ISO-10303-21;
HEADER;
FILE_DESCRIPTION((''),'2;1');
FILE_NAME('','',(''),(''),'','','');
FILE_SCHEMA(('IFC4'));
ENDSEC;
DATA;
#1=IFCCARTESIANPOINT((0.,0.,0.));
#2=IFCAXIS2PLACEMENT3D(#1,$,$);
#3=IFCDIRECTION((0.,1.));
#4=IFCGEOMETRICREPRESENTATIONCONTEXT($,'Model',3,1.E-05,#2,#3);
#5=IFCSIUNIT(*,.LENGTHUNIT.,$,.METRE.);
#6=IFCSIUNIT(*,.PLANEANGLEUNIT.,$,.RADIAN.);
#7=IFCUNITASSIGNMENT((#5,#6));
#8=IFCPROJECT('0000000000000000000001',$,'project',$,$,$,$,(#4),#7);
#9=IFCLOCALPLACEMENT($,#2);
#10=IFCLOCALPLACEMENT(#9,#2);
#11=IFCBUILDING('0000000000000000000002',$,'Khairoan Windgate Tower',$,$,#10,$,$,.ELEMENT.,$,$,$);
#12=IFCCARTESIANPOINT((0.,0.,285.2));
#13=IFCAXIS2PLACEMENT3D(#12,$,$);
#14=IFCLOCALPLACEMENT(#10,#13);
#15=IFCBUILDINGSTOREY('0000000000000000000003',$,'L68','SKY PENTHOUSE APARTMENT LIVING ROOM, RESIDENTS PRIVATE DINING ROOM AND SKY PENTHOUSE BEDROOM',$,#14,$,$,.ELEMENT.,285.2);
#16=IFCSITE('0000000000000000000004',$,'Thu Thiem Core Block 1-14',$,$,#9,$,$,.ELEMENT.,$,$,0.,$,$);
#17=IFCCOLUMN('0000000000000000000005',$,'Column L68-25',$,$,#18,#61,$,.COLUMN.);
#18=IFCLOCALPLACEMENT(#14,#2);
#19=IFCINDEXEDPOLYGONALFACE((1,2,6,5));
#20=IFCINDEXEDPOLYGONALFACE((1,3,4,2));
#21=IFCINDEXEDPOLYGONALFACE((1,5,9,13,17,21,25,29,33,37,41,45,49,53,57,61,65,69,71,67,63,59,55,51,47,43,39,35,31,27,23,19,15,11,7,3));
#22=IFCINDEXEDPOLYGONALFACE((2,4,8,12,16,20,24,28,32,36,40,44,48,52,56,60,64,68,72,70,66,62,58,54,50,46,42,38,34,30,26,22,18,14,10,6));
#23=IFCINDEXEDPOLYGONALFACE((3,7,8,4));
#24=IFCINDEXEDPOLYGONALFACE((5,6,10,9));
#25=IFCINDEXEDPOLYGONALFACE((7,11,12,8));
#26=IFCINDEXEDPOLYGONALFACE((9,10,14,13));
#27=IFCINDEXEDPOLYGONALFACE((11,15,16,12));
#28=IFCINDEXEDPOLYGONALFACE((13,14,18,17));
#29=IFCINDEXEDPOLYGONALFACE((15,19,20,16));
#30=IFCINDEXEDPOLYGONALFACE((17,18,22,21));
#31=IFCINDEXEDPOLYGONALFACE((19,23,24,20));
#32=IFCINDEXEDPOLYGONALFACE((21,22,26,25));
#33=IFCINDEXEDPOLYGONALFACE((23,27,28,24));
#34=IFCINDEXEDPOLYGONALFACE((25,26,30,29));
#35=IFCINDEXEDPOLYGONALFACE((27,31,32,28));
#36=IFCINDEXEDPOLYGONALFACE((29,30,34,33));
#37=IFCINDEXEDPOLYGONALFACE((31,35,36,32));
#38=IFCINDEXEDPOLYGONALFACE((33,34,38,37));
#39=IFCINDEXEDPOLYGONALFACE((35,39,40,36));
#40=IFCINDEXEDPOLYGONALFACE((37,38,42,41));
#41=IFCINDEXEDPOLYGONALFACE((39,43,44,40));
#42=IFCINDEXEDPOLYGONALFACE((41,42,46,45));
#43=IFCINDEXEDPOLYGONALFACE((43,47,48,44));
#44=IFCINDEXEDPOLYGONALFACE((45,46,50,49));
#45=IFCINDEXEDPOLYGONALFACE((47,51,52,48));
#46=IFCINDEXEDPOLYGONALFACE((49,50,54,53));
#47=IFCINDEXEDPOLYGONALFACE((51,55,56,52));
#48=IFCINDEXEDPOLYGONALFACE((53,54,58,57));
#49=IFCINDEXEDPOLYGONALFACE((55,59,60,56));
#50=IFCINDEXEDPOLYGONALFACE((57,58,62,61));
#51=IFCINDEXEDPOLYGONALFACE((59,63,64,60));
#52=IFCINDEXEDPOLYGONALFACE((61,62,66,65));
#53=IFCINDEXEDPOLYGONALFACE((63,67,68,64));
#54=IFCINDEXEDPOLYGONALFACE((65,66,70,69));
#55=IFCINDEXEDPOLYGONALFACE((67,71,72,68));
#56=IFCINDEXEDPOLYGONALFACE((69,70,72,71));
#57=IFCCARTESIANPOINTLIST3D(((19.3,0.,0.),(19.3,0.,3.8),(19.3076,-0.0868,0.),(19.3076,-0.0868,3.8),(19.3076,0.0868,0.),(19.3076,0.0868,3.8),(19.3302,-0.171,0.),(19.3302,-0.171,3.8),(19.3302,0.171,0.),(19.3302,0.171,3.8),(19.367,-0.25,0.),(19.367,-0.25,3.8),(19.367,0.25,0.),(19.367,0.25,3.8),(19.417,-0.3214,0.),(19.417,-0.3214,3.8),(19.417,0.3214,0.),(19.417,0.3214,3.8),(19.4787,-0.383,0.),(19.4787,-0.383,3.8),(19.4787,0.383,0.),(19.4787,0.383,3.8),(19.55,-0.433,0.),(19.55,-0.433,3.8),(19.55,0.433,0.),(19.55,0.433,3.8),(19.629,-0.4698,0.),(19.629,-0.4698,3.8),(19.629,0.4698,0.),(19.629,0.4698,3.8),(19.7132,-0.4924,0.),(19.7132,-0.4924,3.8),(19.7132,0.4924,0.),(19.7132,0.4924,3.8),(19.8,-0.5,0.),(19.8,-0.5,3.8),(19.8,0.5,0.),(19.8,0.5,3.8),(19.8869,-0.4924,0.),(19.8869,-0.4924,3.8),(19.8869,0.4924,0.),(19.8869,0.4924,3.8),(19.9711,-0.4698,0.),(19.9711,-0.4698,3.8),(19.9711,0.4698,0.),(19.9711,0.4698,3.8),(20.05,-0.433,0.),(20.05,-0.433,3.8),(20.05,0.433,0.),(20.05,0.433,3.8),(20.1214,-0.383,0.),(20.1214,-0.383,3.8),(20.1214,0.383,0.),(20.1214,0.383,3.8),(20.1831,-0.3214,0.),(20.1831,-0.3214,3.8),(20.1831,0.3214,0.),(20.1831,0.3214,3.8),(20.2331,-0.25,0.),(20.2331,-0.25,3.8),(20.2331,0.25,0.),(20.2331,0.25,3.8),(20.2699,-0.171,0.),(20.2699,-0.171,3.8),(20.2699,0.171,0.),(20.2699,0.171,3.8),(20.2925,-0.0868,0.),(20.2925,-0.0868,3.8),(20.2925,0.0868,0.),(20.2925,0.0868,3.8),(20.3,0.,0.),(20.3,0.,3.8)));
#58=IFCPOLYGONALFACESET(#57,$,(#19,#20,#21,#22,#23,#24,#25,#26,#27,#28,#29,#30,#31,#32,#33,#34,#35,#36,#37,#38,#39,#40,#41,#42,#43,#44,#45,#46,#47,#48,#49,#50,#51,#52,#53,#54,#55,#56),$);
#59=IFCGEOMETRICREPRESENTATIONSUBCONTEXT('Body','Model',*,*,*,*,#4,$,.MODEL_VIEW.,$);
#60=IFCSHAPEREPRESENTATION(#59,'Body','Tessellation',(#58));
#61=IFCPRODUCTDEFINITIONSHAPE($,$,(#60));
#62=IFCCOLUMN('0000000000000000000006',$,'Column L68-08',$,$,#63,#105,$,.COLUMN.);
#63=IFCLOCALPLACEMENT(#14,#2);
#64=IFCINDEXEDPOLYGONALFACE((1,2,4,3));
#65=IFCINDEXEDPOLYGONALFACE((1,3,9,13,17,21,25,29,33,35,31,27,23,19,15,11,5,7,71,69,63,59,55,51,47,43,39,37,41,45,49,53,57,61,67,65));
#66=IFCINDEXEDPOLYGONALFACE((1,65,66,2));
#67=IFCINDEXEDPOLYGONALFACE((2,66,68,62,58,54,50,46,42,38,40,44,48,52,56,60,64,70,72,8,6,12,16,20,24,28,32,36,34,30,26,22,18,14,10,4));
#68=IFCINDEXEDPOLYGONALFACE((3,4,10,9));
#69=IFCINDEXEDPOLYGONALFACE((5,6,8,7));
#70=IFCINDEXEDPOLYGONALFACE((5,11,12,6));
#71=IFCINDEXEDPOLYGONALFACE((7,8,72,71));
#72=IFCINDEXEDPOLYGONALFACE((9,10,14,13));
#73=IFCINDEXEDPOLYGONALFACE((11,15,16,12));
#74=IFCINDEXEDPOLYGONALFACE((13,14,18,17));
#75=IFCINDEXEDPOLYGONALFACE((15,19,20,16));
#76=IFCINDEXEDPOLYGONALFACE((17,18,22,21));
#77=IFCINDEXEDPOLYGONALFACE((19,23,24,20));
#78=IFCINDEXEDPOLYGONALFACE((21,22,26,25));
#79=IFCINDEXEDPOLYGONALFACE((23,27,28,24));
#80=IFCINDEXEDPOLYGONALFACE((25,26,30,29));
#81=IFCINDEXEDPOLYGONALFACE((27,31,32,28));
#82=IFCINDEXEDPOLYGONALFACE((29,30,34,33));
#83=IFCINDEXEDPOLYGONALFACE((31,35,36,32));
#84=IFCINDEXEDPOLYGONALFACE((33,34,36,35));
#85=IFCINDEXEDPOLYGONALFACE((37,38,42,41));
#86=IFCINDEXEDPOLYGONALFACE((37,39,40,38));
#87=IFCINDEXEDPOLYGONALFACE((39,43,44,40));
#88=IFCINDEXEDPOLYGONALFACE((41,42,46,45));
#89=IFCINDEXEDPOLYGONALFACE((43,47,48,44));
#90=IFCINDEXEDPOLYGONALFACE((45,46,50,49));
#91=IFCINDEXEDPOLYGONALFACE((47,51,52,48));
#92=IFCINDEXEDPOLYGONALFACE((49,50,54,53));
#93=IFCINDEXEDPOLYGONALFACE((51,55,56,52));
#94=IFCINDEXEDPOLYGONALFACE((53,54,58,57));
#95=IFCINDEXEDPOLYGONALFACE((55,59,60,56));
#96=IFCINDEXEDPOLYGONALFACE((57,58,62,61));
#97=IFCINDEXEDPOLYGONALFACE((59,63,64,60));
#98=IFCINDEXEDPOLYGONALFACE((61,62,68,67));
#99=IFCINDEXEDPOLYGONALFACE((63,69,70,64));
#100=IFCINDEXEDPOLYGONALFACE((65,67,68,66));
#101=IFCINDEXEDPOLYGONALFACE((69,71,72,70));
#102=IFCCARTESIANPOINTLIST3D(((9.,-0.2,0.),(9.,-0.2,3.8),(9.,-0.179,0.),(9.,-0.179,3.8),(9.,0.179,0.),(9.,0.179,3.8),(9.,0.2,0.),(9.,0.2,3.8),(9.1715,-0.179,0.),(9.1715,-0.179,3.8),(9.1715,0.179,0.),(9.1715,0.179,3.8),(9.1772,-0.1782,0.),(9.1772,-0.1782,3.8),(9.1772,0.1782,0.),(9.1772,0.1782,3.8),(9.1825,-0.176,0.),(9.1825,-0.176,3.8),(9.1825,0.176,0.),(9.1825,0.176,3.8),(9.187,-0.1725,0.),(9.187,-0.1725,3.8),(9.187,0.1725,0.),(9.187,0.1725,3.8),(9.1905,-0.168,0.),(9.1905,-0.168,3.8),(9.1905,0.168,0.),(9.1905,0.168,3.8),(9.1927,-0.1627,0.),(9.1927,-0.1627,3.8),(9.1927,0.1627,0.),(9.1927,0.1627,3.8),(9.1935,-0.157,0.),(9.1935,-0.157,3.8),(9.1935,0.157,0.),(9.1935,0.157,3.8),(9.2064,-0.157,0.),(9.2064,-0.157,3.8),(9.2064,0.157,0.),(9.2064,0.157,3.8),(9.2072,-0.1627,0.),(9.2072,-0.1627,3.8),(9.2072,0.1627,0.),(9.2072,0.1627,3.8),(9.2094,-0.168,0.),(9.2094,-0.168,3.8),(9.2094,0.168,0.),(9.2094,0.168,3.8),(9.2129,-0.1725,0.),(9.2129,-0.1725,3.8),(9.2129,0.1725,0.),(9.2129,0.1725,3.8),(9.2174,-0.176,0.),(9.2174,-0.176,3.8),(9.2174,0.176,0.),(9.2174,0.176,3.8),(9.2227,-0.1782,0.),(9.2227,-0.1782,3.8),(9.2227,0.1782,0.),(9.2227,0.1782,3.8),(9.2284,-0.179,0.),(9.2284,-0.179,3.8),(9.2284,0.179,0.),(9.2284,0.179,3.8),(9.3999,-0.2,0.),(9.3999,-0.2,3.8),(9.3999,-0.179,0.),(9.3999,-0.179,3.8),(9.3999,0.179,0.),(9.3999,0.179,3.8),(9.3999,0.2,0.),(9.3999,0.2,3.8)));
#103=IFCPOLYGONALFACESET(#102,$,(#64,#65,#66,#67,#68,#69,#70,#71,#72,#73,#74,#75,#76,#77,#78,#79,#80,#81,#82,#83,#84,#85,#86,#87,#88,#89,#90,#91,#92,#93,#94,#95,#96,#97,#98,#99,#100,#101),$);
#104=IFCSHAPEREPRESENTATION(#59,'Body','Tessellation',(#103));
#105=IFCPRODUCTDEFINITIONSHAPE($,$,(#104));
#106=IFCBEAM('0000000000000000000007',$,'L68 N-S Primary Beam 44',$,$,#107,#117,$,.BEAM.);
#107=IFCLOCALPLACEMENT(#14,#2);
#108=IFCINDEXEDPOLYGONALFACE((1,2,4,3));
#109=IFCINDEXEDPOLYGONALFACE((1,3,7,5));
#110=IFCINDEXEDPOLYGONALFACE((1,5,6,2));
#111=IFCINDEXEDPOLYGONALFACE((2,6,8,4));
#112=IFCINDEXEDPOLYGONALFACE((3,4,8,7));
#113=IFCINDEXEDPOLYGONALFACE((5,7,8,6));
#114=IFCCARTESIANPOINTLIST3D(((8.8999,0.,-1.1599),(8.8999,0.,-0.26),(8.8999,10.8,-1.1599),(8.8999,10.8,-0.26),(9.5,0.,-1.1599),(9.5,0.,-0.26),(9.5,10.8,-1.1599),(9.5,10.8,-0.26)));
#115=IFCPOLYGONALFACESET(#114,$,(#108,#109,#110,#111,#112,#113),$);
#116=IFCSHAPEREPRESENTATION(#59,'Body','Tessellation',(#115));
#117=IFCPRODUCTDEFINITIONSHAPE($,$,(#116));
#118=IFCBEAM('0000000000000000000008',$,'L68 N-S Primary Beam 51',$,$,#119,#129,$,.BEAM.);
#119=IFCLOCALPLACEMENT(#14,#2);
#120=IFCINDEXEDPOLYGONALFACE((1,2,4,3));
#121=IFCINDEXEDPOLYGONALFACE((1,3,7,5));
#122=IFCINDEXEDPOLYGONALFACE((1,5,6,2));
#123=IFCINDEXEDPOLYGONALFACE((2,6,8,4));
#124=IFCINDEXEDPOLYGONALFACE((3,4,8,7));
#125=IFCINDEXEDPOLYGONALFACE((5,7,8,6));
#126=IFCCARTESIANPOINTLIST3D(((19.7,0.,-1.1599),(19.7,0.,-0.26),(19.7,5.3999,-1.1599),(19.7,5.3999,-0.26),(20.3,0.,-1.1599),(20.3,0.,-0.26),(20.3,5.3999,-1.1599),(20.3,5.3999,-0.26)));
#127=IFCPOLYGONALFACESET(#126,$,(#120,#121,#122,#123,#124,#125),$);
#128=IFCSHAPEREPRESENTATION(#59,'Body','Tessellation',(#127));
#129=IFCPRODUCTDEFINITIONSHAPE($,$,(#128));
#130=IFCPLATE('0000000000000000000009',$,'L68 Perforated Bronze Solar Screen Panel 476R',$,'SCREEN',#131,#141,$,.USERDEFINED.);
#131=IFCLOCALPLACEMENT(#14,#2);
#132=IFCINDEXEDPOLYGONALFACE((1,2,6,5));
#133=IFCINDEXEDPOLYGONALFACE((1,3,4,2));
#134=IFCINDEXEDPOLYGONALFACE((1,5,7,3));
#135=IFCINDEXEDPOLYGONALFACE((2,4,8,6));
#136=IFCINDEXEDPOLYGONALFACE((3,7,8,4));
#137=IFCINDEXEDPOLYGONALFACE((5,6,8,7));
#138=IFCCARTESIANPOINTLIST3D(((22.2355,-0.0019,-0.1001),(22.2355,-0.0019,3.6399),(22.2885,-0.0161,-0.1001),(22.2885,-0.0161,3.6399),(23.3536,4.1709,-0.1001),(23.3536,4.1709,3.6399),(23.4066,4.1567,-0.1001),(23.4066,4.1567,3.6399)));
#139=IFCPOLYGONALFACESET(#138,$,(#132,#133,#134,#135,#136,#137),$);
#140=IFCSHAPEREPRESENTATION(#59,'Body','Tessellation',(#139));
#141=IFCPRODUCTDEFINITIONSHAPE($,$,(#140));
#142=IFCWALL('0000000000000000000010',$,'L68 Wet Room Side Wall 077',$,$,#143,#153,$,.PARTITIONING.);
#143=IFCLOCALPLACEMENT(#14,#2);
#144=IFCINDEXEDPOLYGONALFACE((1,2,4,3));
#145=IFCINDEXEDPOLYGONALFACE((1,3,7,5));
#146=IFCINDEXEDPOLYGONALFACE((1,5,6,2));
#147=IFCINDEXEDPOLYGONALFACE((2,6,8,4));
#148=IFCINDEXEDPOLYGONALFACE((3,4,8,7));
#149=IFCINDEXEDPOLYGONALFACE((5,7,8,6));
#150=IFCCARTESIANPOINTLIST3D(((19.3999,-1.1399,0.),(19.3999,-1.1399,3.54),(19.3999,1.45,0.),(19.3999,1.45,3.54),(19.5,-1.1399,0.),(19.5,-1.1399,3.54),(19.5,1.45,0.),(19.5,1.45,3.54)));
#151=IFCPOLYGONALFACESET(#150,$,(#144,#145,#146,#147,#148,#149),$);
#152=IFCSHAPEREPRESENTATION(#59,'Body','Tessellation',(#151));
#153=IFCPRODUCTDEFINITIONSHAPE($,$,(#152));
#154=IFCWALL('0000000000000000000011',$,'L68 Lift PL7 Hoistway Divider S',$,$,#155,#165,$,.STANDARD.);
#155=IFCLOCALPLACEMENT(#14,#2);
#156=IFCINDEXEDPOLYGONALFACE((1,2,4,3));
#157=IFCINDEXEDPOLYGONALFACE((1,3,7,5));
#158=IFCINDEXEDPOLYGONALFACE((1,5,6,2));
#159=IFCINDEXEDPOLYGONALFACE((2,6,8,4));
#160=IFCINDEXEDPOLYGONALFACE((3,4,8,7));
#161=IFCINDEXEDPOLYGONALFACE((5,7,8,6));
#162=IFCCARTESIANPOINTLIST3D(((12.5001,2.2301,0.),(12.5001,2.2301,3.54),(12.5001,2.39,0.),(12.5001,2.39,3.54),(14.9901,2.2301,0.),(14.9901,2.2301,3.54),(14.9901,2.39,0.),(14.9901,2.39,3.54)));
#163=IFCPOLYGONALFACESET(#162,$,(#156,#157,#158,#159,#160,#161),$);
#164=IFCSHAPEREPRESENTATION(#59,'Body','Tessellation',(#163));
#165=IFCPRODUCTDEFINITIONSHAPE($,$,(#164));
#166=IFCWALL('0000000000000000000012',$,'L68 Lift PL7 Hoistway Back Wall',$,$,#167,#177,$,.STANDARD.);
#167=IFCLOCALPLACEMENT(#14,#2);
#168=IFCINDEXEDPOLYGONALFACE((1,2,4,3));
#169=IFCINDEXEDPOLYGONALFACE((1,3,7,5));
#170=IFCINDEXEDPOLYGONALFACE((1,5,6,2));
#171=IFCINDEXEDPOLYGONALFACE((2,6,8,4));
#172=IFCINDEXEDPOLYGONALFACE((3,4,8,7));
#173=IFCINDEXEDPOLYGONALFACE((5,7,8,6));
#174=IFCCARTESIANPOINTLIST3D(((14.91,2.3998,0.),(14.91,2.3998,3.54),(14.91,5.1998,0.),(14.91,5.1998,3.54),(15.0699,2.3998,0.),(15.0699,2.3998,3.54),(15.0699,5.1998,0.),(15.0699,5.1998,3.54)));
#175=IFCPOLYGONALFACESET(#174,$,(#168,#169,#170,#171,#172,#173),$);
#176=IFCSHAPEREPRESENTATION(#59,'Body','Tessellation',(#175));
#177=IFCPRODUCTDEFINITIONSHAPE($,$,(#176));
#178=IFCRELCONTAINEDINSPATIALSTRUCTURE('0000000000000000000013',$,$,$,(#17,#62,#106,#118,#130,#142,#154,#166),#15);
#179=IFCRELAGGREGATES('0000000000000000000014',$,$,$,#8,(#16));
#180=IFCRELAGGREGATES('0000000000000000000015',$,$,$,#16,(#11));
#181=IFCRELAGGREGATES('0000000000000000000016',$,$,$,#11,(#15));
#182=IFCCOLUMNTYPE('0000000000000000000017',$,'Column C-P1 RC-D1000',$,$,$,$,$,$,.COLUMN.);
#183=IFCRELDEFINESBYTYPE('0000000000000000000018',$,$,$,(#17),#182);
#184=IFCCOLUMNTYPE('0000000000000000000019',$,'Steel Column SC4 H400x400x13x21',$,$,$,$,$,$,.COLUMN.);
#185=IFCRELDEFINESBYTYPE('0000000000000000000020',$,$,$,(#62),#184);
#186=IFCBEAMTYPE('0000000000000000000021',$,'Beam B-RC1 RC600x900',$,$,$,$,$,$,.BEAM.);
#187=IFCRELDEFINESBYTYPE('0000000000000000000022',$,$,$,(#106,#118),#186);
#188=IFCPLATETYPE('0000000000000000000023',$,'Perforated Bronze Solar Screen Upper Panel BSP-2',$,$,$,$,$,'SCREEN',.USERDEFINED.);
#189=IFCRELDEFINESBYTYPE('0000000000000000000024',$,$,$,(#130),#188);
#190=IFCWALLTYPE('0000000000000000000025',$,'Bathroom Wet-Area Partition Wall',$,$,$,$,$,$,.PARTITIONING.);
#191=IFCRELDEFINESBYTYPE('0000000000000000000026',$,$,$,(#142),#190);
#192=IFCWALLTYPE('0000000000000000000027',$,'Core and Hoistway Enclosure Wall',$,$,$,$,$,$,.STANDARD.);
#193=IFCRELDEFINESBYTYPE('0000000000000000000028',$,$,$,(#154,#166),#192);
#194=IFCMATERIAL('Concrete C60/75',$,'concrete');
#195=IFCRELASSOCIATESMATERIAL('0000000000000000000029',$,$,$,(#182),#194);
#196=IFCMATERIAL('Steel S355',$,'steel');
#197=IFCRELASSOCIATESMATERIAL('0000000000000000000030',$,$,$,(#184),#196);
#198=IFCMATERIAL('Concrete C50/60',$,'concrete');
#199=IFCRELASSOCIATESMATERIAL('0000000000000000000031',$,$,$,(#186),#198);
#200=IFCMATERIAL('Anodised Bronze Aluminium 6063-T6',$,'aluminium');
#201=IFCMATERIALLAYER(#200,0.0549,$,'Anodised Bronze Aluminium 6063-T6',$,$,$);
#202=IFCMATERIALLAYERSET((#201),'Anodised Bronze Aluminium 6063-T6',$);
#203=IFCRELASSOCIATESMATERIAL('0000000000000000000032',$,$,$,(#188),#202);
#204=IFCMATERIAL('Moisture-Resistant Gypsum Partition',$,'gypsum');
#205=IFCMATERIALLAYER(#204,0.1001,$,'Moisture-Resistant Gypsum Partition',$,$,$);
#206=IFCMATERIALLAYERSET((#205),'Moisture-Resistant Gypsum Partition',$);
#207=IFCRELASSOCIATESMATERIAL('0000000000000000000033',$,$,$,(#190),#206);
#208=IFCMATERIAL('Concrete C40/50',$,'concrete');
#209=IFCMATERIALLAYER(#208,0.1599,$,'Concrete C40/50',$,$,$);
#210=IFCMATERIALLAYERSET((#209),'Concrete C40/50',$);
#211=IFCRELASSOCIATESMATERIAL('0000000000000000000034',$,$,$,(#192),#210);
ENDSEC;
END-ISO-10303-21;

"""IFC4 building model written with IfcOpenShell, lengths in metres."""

from ifc_helpers import new_model, si_unit, direction, frame, frame_2d, origin, origin_2d, place, context, subcontext, project, spatial, rectangle, circle, i_section, extrude, material, layer, layer_set, material_profile, profile_set, type_object, element, save


model = new_model("IFC4")

# Units and contexts
model_context = context("Model", 3, precision=1e-05, world=origin(), true_north=direction((0.0, 1.0)))
body_context = subcontext(model_context, "Body", "Model", "MODEL_VIEW")
ifc_project = project(units=[si_unit("LENGTHUNIT", "METRE"), si_unit("PLANEANGLEUNIT", "RADIAN")], contexts=[model_context])

# Site, building, storey
site_placement = place(None, origin())
site = spatial("IfcSite", under=ifc_project, at=site_placement, Name="Thu Thiem Core Block 1-14", CompositionType="ELEMENT", RefElevation=0.0)
building_placement = place(site_placement, origin())
building = spatial("IfcBuilding", under=site, at=building_placement, Name="Khairoan Windgate Tower", CompositionType="ELEMENT")
storey_placement = place(building_placement, frame((0.0, 0.0, 285.2)))
storey = spatial("IfcBuildingStorey", under=building, at=storey_placement, Name="L68", Description="SKY PENTHOUSE APARTMENT LIVING ROOM, RESIDENTS PRIVATE DINING ROOM AND SKY PENTHOUSE BEDROOM", CompositionType="ELEMENT", Elevation=285.2)

# Columns
ifc_material_1 = material(Name="Concrete C60/75", Category="concrete")
ifc_material_profile_1 = material_profile(ifc_material_1, circle(Radius=0.5, at=origin_2d()))
ifc_profile_set_1 = profile_set([ifc_material_profile_1], Name="Concrete C60/75")
column_type_1 = type_object("IfcColumnType", Name="Column C-P1 RC-D1000", PredefinedType="COLUMN", material=ifc_profile_set_1)
column_1_placement = place(storey_placement, frame((19.8, 0.0, 0.0), z_axis=(0.0, 0.0, 1.0), x_axis=(1.0, 0.0, 0.0)))
element("IfcColumn", 1, at=column_1_placement, inside=storey, type_object=column_type_1, Name="Column L68-25", PredefinedType="COLUMN", context=body_context, shape_type="SweptSolid", body=[
    extrude(circle(Radius=0.5, at=origin_2d()), origin(), (0.0, 0.0, 1.0), 3.8),
])
ifc_material_2 = material(Name="Steel S355", Category="steel")
ifc_material_profile_2 = material_profile(ifc_material_2, i_section(OverallWidth=0.3999, OverallDepth=0.3999, WebThickness=0.0129, FlangeThickness=0.021, FilletRadius=0.022, at=origin_2d()))
ifc_profile_set_2 = profile_set([ifc_material_profile_2], Name="Steel S355")
column_type_2 = type_object("IfcColumnType", Name="Steel Column SC4 H400x400x13x21", PredefinedType="COLUMN", material=ifc_profile_set_2)
column_2_placement = place(storey_placement, frame((9.2, 0.0, 0.0), z_axis=(0.0, 0.0, 1.0), x_axis=(1.0, 0.0, 0.0)))
element("IfcColumn", 2, at=column_2_placement, inside=storey, type_object=column_type_2, Name="Column L68-08", PredefinedType="COLUMN", context=body_context, shape_type="SweptSolid", body=[
    extrude(i_section(OverallWidth=0.3999, OverallDepth=0.3999, WebThickness=0.0129, FlangeThickness=0.021, FilletRadius=0.022, at=origin_2d()), origin(), (0.0, 0.0, 1.0), 3.8),
])

# Beams
ifc_material_3 = material(Name="Concrete C50/60", Category="concrete")
ifc_material_profile_3 = material_profile(ifc_material_3, rectangle(XDim=0.6001, YDim=0.8999, at=origin_2d()))
ifc_profile_set_3 = profile_set([ifc_material_profile_3], Name="Concrete C50/60")
beam_type = type_object("IfcBeamType", Name="Beam B-RC1 RC600x900", PredefinedType="BEAM", material=ifc_profile_set_3)
beam_1_placement = place(storey_placement, frame((9.2, 0.0, -0.71), z_axis=(0.0, 1.0, 0.0), x_axis=(-1.0, 0.0, 0.0)))
element("IfcBeam", 3, at=beam_1_placement, inside=storey, type_object=beam_type, Name="L68 N-S Primary Beam 44", PredefinedType="BEAM", context=body_context, shape_type="SweptSolid", body=[
    extrude(rectangle(XDim=0.6001, YDim=0.8999, at=origin_2d()), origin(), (0.0, 0.0, 1.0), 10.8),
])
beam_2_placement = place(storey_placement, frame((20.0, 0.0, -0.71), z_axis=(0.0, 1.0, 0.0), x_axis=(-1.0, 0.0, 0.0)))
element("IfcBeam", 4, at=beam_2_placement, inside=storey, type_object=beam_type, Name="L68 N-S Primary Beam 51", PredefinedType="BEAM", context=body_context, shape_type="SweptSolid", body=[
    extrude(rectangle(XDim=0.6001, YDim=0.8999, at=origin_2d()), origin(), (0.0, 0.0, 1.0), 5.3999),
])

# Plate
ifc_material_4 = material(Name="Anodised Bronze Aluminium 6063-T6", Category="aluminium")
ifc_layer_1 = layer(ifc_material_4, 0.0549, Name="Anodised Bronze Aluminium 6063-T6")
ifc_layer_set_1 = layer_set([ifc_layer_1], Name="Anodised Bronze Aluminium 6063-T6")
plate_type = type_object("IfcPlateType", Name="Perforated Bronze Solar Screen Upper Panel BSP-2", ElementType="SCREEN", PredefinedType="USERDEFINED", material=ifc_layer_set_1)
plate_placement = place(storey_placement, frame((22.821, 2.0774, -0.1001), z_axis=(0.0, 0.0, 1.0), x_axis=(-0.258819, -0.965926, 0.0)))
element("IfcPlate", 5, at=plate_placement, inside=storey, type_object=plate_type, Name="L68 Perforated Bronze Solar Screen Panel 476R", ObjectType="SCREEN", PredefinedType="USERDEFINED", context=body_context, shape_type="SweptSolid", body=[
    extrude(rectangle(XDim=4.3201, YDim=0.0549, at=origin_2d()), origin(), (0.0, 0.0, 1.0), 3.74),
])

# Walls
ifc_material_5 = material(Name="Moisture-Resistant Gypsum Partition", Category="gypsum")
ifc_layer_2 = layer(ifc_material_5, 0.1001, Name="Moisture-Resistant Gypsum Partition")
ifc_layer_set_2 = layer_set([ifc_layer_2], Name="Moisture-Resistant Gypsum Partition")
wall_type_1 = type_object("IfcWallType", Name="Bathroom Wet-Area Partition Wall", PredefinedType="PARTITIONING", material=ifc_layer_set_2)
wall_1_placement = place(storey_placement, frame((19.45, 1.45, 0.0), z_axis=(0.0, 0.0, 1.0), x_axis=(0.0, -1.0, 0.0)))
element("IfcWall", 6, at=wall_1_placement, inside=storey, type_object=wall_type_1, Name="L68 Wet Room Side Wall 077", PredefinedType="PARTITIONING", context=body_context, shape_type="SweptSolid", body=[
    extrude(rectangle(XDim=2.5898, YDim=0.1001, at=frame_2d((1.2949, 0.0))), origin(), (0.0, 0.0, 1.0), 3.54),
])
ifc_material_6 = material(Name="Concrete C40/50", Category="concrete")
ifc_layer_3 = layer(ifc_material_6, 0.1599, Name="Concrete C40/50")
ifc_layer_set_3 = layer_set([ifc_layer_3], Name="Concrete C40/50")
wall_type_2 = type_object("IfcWallType", Name="Core and Hoistway Enclosure Wall", PredefinedType="STANDARD", material=ifc_layer_set_3)
wall_2_placement = place(storey_placement, frame((12.5, 2.3101, 0.0), z_axis=(0.0, 0.0, 1.0), x_axis=(1.0, 0.0, 0.0)))
element("IfcWall", 7, at=wall_2_placement, inside=storey, type_object=wall_type_2, Name="L68 Lift PL7 Hoistway Divider S", PredefinedType="STANDARD", context=body_context, shape_type="SweptSolid", body=[
    extrude(rectangle(XDim=2.49, YDim=0.1599, at=frame_2d((1.2451, 0.0))), origin(), (0.0, 0.0, 1.0), 3.54),
])
wall_3_placement = place(storey_placement, frame((14.99, 2.3999, 0.0), z_axis=(0.0, 0.0, 1.0), x_axis=(0.0, 1.0, 0.0)))
element("IfcWall", 8, at=wall_3_placement, inside=storey, type_object=wall_type_2, Name="L68 Lift PL7 Hoistway Back Wall", PredefinedType="STANDARD", context=body_context, shape_type="SweptSolid", body=[
    extrude(rectangle(XDim=2.8, YDim=0.1599, at=frame_2d((1.3999, 0.0))), origin(), (0.0, 0.0, 1.0), 3.54),
])

save(model, "model.ifc")
